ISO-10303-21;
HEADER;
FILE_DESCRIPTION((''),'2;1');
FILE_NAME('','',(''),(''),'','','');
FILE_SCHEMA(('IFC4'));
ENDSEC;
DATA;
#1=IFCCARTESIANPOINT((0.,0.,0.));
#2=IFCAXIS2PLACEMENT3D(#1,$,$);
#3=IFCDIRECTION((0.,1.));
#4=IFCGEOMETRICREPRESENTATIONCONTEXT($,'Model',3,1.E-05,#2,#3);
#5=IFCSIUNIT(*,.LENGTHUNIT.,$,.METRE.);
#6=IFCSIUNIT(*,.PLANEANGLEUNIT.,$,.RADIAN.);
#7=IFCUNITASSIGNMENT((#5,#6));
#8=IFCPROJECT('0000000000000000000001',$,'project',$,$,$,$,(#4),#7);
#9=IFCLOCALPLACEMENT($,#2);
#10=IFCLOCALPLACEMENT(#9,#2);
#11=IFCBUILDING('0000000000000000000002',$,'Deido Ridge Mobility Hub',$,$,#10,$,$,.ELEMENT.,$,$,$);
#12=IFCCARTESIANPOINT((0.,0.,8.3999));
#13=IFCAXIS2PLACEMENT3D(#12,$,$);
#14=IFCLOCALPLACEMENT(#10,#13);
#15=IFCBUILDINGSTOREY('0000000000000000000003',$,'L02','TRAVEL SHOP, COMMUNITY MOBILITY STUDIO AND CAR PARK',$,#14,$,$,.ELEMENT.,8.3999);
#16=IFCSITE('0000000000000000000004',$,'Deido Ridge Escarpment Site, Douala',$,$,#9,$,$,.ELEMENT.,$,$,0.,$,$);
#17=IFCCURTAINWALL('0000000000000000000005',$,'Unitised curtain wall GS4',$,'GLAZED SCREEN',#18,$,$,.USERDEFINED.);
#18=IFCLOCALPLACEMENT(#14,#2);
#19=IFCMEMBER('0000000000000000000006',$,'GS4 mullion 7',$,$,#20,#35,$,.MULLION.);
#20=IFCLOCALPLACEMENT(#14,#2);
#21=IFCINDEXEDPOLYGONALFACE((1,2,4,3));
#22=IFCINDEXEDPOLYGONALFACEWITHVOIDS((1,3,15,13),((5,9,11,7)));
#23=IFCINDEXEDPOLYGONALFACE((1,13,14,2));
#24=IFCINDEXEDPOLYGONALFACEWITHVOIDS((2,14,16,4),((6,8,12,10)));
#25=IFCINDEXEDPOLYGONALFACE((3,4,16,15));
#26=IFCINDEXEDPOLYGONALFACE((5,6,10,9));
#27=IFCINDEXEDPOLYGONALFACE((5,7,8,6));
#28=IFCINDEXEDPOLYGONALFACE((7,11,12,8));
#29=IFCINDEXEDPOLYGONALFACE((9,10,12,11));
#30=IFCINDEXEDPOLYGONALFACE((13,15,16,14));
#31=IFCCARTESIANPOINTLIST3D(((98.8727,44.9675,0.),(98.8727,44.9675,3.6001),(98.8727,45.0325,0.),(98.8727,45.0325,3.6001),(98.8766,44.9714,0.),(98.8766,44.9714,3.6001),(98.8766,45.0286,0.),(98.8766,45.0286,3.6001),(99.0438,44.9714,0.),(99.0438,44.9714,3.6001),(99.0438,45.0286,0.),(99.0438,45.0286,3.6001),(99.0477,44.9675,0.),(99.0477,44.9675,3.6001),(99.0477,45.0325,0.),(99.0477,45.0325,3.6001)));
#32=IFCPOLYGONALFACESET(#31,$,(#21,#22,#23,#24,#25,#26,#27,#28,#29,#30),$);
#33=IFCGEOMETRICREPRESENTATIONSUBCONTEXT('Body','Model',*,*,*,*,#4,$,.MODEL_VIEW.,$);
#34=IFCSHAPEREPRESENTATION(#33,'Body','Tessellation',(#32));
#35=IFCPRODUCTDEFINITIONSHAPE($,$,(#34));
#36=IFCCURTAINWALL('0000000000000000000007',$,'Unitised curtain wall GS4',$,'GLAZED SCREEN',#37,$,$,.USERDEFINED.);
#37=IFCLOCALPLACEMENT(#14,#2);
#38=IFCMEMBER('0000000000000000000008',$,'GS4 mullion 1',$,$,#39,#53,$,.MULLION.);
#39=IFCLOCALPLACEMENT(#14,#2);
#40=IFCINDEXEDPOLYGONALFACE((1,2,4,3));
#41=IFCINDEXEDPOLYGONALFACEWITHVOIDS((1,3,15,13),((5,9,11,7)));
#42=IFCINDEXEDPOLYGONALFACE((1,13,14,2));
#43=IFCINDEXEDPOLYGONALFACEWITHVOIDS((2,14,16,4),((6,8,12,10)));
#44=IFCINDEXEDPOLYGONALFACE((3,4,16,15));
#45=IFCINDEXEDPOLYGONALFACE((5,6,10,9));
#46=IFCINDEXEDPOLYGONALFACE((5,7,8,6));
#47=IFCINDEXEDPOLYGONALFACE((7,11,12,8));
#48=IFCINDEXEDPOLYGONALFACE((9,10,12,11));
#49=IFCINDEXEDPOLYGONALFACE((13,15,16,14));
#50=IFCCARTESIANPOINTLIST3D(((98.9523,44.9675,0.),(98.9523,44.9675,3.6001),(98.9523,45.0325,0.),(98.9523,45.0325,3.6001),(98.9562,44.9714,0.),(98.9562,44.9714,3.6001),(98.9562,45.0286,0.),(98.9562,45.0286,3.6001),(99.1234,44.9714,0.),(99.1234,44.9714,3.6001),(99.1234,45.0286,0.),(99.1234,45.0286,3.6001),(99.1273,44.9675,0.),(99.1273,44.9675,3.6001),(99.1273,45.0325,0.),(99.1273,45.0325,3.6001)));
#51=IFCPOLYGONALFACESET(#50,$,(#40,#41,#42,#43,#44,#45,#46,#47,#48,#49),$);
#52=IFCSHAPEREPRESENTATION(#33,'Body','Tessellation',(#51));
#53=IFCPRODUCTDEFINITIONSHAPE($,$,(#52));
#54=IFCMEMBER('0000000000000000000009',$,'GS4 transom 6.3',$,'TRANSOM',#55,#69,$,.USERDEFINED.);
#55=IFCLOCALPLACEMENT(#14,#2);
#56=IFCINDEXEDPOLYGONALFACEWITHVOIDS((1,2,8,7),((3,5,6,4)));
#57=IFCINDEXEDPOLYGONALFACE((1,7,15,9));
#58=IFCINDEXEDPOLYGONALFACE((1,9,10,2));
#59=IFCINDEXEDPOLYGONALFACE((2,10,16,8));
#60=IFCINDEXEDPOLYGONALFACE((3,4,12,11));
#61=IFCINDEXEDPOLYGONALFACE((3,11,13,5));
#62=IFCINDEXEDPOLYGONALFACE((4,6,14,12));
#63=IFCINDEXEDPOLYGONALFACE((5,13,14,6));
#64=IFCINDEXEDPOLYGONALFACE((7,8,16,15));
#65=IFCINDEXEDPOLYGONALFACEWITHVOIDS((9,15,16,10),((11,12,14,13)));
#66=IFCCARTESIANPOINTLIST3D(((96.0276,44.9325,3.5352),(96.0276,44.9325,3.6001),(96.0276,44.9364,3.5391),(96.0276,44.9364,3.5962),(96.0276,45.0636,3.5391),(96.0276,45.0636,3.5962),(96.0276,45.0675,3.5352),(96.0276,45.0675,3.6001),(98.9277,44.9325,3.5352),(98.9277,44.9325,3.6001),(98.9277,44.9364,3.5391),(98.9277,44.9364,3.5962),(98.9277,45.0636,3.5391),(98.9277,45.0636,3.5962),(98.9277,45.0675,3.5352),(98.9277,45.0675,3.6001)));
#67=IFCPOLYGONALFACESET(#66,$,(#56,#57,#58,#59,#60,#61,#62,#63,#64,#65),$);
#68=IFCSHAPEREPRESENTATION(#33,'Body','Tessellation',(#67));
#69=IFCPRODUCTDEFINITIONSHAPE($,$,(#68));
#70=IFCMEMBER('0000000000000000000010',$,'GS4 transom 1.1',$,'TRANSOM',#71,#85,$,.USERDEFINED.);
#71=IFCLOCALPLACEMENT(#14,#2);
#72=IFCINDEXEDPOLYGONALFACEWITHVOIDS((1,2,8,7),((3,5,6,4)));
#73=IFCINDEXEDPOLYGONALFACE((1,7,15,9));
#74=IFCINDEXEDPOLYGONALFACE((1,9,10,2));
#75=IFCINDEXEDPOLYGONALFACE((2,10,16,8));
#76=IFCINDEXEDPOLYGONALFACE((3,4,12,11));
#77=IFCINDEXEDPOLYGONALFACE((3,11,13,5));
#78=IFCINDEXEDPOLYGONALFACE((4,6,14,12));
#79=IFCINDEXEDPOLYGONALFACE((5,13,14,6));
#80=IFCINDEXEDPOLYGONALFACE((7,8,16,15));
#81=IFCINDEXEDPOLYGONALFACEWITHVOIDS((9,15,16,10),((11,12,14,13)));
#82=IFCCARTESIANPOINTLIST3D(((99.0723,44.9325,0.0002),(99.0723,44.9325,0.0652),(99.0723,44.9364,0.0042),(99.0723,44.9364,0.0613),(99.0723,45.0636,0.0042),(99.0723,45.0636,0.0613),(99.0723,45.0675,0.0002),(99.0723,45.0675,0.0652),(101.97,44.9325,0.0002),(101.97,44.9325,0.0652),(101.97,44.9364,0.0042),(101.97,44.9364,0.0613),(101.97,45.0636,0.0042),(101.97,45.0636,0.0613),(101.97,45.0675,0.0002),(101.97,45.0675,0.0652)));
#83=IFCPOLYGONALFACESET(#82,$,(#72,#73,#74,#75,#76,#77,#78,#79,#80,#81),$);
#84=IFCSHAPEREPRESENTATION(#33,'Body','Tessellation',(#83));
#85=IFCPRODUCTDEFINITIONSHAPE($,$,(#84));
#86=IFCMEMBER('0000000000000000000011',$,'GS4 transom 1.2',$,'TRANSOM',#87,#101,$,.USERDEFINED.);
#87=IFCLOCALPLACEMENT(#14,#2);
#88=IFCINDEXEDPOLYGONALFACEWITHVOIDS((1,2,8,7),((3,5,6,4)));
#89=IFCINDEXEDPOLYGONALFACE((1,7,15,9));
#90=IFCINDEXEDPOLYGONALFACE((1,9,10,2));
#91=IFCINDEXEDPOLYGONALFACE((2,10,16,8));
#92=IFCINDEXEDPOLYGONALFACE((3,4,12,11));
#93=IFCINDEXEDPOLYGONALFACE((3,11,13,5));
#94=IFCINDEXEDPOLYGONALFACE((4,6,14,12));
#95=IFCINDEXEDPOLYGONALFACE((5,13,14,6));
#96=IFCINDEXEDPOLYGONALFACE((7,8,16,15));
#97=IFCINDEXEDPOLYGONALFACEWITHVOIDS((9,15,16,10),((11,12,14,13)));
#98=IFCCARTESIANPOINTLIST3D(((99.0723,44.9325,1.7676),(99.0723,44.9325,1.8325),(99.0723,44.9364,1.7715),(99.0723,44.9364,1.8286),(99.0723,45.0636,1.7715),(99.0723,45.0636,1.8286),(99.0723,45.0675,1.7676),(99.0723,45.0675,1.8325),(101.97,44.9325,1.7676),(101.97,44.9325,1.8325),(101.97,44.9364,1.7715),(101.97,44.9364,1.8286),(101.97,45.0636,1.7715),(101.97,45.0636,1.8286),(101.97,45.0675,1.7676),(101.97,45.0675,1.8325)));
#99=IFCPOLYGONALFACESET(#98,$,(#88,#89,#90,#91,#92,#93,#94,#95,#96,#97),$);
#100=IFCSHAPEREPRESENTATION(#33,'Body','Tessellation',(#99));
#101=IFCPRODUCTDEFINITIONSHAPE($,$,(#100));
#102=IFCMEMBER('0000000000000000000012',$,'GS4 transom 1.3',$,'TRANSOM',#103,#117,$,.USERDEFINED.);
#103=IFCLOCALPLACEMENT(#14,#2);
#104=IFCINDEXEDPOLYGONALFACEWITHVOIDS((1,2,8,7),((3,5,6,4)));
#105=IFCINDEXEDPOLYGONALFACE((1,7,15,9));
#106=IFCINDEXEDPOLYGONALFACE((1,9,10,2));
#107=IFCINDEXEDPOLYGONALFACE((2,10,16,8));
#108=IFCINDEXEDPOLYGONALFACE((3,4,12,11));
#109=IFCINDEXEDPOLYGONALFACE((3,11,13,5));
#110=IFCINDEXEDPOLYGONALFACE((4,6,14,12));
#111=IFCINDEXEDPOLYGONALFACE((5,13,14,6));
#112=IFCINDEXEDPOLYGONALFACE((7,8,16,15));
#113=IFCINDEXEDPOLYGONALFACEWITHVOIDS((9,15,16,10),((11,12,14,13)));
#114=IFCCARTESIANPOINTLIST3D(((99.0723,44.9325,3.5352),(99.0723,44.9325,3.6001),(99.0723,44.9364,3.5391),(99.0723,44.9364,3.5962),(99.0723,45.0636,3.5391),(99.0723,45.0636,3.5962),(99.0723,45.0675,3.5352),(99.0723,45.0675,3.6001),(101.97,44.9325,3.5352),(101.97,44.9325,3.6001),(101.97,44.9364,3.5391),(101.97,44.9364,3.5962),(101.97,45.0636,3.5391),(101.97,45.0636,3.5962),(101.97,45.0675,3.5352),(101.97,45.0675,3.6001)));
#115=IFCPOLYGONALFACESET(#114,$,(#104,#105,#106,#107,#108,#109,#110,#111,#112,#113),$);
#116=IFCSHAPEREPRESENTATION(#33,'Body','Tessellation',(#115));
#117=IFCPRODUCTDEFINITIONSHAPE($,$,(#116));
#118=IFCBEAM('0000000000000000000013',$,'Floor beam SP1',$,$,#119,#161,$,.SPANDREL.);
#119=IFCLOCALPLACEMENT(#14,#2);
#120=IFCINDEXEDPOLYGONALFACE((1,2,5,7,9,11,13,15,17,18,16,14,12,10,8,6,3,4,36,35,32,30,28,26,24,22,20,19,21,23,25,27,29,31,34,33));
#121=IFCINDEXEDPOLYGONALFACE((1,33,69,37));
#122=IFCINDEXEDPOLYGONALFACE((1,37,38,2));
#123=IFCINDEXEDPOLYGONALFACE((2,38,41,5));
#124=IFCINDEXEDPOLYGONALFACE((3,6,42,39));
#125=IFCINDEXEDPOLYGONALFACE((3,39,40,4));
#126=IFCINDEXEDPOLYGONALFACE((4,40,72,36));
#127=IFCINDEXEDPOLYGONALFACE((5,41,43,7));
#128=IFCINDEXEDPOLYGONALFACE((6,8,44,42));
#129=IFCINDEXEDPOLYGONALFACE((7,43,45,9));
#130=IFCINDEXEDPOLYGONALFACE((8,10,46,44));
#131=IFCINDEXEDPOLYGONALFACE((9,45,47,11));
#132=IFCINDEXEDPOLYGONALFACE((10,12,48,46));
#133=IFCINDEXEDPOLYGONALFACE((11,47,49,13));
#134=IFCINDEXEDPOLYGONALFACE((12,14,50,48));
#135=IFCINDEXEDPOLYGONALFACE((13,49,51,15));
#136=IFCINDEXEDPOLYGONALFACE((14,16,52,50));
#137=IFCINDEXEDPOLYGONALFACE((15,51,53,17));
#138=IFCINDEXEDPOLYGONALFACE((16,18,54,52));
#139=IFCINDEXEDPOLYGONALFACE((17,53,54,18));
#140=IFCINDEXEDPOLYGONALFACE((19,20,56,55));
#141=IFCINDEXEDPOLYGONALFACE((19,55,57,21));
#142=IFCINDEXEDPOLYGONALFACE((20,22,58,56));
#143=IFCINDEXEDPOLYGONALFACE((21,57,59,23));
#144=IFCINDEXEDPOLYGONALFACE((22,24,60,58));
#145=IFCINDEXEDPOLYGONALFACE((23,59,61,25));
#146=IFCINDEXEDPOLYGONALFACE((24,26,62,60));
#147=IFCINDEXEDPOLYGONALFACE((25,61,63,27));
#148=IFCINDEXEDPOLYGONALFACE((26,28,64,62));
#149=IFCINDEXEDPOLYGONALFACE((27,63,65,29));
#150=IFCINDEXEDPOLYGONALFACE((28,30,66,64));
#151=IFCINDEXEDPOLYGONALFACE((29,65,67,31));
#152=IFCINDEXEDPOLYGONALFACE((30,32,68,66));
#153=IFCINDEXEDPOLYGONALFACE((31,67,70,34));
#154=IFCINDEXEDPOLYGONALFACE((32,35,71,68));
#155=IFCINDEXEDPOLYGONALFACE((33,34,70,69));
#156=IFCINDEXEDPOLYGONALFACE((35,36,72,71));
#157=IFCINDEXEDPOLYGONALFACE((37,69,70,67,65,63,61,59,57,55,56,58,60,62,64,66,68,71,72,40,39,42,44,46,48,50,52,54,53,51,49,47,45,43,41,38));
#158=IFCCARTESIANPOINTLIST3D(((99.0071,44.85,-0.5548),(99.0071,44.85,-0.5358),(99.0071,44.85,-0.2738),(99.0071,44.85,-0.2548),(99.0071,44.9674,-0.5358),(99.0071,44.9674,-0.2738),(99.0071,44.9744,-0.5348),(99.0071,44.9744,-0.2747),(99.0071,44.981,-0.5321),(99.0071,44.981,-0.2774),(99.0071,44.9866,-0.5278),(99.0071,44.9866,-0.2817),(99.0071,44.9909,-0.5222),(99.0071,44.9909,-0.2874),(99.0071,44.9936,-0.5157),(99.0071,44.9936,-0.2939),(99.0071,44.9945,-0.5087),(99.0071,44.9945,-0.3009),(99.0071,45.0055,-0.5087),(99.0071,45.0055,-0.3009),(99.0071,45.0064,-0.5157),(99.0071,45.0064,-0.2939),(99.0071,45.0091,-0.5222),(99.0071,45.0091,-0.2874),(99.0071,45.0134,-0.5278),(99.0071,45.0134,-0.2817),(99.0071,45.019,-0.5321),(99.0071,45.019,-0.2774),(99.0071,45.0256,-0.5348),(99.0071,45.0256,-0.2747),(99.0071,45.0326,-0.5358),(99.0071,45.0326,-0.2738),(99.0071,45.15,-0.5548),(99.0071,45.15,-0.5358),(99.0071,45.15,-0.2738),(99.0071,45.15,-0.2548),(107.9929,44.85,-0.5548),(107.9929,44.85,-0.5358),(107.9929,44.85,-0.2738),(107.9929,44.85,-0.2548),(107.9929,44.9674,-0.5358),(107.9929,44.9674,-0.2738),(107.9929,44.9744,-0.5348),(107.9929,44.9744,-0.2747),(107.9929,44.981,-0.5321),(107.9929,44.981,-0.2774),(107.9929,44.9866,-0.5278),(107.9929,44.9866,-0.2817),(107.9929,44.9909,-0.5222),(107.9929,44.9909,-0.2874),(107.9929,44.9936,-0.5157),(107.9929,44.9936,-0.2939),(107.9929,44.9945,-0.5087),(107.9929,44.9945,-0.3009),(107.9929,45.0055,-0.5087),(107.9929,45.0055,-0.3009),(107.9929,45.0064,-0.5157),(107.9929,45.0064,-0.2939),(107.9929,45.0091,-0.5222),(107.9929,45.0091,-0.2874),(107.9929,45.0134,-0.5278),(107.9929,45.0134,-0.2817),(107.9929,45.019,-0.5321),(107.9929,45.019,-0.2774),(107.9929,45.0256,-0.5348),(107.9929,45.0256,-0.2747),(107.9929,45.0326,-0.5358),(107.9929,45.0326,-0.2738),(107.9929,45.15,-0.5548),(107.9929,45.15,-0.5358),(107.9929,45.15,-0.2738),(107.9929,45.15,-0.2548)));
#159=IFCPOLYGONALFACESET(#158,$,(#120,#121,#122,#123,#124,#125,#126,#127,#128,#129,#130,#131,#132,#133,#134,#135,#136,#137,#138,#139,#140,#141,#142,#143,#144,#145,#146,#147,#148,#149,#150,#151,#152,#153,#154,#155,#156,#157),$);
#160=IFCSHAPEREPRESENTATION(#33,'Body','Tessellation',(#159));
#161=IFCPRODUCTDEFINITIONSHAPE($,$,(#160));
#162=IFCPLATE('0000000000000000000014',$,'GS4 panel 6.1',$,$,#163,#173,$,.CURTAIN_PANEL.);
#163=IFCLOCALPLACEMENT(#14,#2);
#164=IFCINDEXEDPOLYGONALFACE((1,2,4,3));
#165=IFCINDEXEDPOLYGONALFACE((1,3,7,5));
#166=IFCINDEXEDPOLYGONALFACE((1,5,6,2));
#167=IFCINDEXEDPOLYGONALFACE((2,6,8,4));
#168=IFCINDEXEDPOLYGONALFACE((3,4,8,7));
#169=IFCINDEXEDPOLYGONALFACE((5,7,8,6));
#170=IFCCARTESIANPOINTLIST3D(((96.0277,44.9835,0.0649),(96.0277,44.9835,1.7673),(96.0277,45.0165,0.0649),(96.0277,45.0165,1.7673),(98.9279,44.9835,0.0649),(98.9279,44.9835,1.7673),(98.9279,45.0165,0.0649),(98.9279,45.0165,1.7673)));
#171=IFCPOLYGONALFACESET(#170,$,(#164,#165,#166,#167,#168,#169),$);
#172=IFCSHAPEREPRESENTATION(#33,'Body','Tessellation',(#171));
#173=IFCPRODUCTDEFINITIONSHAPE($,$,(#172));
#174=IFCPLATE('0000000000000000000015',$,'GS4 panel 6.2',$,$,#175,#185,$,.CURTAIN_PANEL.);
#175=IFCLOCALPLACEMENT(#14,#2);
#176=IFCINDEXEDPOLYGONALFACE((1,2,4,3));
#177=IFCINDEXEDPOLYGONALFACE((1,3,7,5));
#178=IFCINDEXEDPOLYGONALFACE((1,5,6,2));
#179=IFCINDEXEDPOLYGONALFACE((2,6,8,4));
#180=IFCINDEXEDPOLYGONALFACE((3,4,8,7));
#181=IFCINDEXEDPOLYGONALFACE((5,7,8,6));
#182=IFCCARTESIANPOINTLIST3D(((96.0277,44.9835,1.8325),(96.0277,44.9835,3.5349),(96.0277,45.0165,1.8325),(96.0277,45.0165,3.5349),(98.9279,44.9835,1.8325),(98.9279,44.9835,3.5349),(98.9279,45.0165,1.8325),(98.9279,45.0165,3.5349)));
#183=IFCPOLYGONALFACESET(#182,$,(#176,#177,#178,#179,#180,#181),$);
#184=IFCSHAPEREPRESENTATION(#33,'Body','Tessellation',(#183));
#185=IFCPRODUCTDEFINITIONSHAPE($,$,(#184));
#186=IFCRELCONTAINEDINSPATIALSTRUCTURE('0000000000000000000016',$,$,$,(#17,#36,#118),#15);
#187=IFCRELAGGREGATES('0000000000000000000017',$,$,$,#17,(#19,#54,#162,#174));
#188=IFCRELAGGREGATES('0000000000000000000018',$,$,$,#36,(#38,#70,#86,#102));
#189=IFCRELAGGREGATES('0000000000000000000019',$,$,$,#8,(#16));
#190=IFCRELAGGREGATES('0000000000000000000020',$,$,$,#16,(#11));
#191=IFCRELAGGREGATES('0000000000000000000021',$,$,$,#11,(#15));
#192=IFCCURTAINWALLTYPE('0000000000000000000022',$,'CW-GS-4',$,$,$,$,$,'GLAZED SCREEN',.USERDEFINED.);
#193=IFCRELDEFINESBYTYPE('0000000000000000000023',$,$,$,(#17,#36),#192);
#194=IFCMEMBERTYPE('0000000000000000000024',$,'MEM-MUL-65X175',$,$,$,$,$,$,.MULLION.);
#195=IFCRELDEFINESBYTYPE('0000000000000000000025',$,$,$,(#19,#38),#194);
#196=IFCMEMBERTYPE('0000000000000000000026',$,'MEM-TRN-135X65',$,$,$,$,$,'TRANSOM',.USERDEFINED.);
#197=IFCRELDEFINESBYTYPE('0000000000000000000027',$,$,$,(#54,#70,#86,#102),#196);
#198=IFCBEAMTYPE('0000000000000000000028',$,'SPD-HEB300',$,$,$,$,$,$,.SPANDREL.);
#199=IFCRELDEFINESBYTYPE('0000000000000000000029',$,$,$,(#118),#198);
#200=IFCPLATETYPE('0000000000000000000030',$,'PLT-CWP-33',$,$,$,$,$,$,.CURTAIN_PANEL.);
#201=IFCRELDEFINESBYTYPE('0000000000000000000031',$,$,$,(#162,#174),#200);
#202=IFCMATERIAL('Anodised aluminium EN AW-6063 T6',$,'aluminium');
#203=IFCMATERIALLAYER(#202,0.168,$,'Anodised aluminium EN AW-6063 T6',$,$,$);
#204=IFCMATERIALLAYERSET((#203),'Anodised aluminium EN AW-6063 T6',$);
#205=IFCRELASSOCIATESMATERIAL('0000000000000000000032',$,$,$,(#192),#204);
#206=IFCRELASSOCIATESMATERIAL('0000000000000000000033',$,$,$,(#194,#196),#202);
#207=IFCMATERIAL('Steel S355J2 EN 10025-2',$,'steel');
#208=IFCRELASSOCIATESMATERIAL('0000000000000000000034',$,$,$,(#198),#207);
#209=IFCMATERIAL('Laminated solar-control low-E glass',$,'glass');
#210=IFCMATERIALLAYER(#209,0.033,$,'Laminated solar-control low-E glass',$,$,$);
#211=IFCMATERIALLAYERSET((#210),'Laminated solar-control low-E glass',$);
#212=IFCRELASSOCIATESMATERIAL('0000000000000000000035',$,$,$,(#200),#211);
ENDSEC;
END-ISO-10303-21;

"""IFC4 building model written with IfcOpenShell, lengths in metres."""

from ifc_helpers import new_model, si_unit, direction, frame, origin, origin_2d, place, context, subcontext, project, spatial, rectangle, hollow_rectangle, i_section, extrude, material, layer, layer_set, material_profile, profile_set, type_object, element, aggregate, save


model = new_model("IFC4")

# Units and contexts
model_context = context("Model", 3, precision=1e-05, world=origin(), true_north=direction((0.0, 1.0)))
body_context = subcontext(model_context, "Body", "Model", "MODEL_VIEW")
ifc_project = project(units=[si_unit("LENGTHUNIT", "METRE"), si_unit("PLANEANGLEUNIT", "RADIAN")], contexts=[model_context])

# Site, building, storey
site_placement = place(None, origin())
site = spatial("IfcSite", under=ifc_project, at=site_placement, Name="Deido Ridge Escarpment Site, Douala", CompositionType="ELEMENT", RefElevation=0.0)
building_placement = place(site_placement, origin())
building = spatial("IfcBuilding", under=site, at=building_placement, Name="Deido Ridge Mobility Hub", CompositionType="ELEMENT")
storey_placement = place(building_placement, frame((0.0, 0.0, 8.3999)))
storey = spatial("IfcBuildingStorey", under=building, at=storey_placement, Name="L02", Description="TRAVEL SHOP, COMMUNITY MOBILITY STUDIO AND CAR PARK", CompositionType="ELEMENT", Elevation=8.3999)

# Shared definitions
ifc_material_1 = material(Name="Steel S355J2 EN 10025-2", Category="steel")

# Curtain walls, members
ifc_material_2 = material(Name="Anodised aluminium EN AW-6063 T6", Category="aluminium")
ifc_layer_1 = layer(ifc_material_2, 0.168, Name="Anodised aluminium EN AW-6063 T6")
ifc_layer_set_1 = layer_set([ifc_layer_1], Name="Anodised aluminium EN AW-6063 T6")
curtain_wall_type = type_object("IfcCurtainWallType", Name="CW-GS-4", ElementType="GLAZED SCREEN", PredefinedType="USERDEFINED", material=ifc_layer_set_1)
curtain_wall_1_placement = place(storey_placement, origin())
curtain_wall_1 = element("IfcCurtainWall", 1, at=curtain_wall_1_placement, inside=storey, type_object=curtain_wall_type, Name="Unitised curtain wall GS4", ObjectType="GLAZED SCREEN", PredefinedType="USERDEFINED")
ifc_material_profile_1 = material_profile(ifc_material_2, hollow_rectangle(XDim=0.0649, YDim=0.175, WallThickness=0.0039, at=origin_2d()), Name="RHS 65x175x4")
ifc_profile_set_1 = profile_set([ifc_material_profile_1], Name="Anodised aluminium EN AW-6063 T6")
member_type_1 = type_object("IfcMemberType", Name="MEM-MUL-65X175", PredefinedType="MULLION", material=ifc_profile_set_1)
member_1_placement = place(storey_placement, frame((98.9602, 45.0, 0.0), z_axis=(0.0, 0.0, 1.0), x_axis=(0.0, 1.0, 0.0)))
member_1 = element("IfcMember", 2, at=member_1_placement, type_object=member_type_1, Name="GS4 mullion 7", PredefinedType="MULLION", context=body_context, shape_type="SweptSolid", body=[
    extrude(hollow_rectangle(XDim=0.0649, YDim=0.175, WallThickness=0.0039, at=origin_2d()), origin(), (0.0, 0.0, 1.0), 3.6001),
])
curtain_wall_2_placement = place(storey_placement, origin())
curtain_wall_2 = element("IfcCurtainWall", 3, at=curtain_wall_2_placement, inside=storey, type_object=curtain_wall_type, Name="Unitised curtain wall GS4", ObjectType="GLAZED SCREEN", PredefinedType="USERDEFINED")
member_2_placement = place(storey_placement, frame((99.0398, 45.0, 0.0), z_axis=(0.0, 0.0, 1.0), x_axis=(0.0, 1.0, 0.0)))
member_2 = element("IfcMember", 4, at=member_2_placement, type_object=member_type_1, Name="GS4 mullion 1", PredefinedType="MULLION", context=body_context, shape_type="SweptSolid", body=[
    extrude(hollow_rectangle(XDim=0.0649, YDim=0.175, WallThickness=0.0039, at=origin_2d()), origin(), (0.0, 0.0, 1.0), 3.6001),
])

# Members
ifc_material_profile_2 = material_profile(ifc_material_2, hollow_rectangle(XDim=0.135, YDim=0.0649, WallThickness=0.0039, at=origin_2d()), Name="RHS 135x65x4")
ifc_profile_set_2 = profile_set([ifc_material_profile_2], Name="Anodised aluminium EN AW-6063 T6")
member_type_2 = type_object("IfcMemberType", Name="MEM-TRN-135X65", ElementType="TRANSOM", PredefinedType="USERDEFINED", material=ifc_profile_set_2)
member_3_placement = place(storey_placement, frame((96.0276, 45.0, 3.5676), z_axis=(1.0, 0.0, 0.0), x_axis=(0.0, 1.0, 0.0)))
member_3 = element("IfcMember", 5, at=member_3_placement, type_object=member_type_2, Name="GS4 transom 6.3", ObjectType="TRANSOM", PredefinedType="USERDEFINED", context=body_context, shape_type="SweptSolid", body=[
    extrude(hollow_rectangle(XDim=0.135, YDim=0.0649, WallThickness=0.0039, at=origin_2d()), origin(), (0.0, 0.0, 1.0), 2.9001),
])
member_4_placement = place(storey_placement, frame((99.0723, 45.0, 0.0327), z_axis=(1.0, 0.0, 0.0), x_axis=(0.0, 1.0, 0.0)))
member_4 = element("IfcMember", 6, at=member_4_placement, type_object=member_type_2, Name="GS4 transom 1.1", ObjectType="TRANSOM", PredefinedType="USERDEFINED", context=body_context, shape_type="SweptSolid", body=[
    extrude(hollow_rectangle(XDim=0.135, YDim=0.0649, WallThickness=0.0039, at=origin_2d()), origin(), (0.0, 0.0, 1.0), 2.8977),
])
member_5_placement = place(storey_placement, frame((99.0723, 45.0, 1.8), z_axis=(1.0, 0.0, 0.0), x_axis=(0.0, 1.0, 0.0)))
member_5 = element("IfcMember", 7, at=member_5_placement, type_object=member_type_2, Name="GS4 transom 1.2", ObjectType="TRANSOM", PredefinedType="USERDEFINED", context=body_context, shape_type="SweptSolid", body=[
    extrude(hollow_rectangle(XDim=0.135, YDim=0.0649, WallThickness=0.0039, at=origin_2d()), origin(), (0.0, 0.0, 1.0), 2.8977),
])
member_6_placement = place(storey_placement, frame((99.0723, 45.0, 3.5676), z_axis=(1.0, 0.0, 0.0), x_axis=(0.0, 1.0, 0.0)))
member_6 = element("IfcMember", 8, at=member_6_placement, type_object=member_type_2, Name="GS4 transom 1.3", ObjectType="TRANSOM", PredefinedType="USERDEFINED", context=body_context, shape_type="SweptSolid", body=[
    extrude(hollow_rectangle(XDim=0.135, YDim=0.0649, WallThickness=0.0039, at=origin_2d()), origin(), (0.0, 0.0, 1.0), 2.8977),
])

# Beam
ifc_material_profile_3 = material_profile(ifc_material_1, i_section(OverallWidth=0.3, OverallDepth=0.3, WebThickness=0.011, FlangeThickness=0.019, FilletRadius=0.0271, at=origin_2d()), Name="HEB 300")
ifc_profile_set_3 = profile_set([ifc_material_profile_3], Name="Steel S355J2 EN 10025-2")
beam_type_1 = type_object("IfcBeamType", Name="SPD-HEB300", PredefinedType="SPANDREL", material=ifc_profile_set_3)
beam_1_placement = place(storey_placement, frame((99.0071, 45.0, -0.4048), z_axis=(1.0, 0.0, 0.0), x_axis=(0.0, 1.0, 0.0)))
element("IfcBeam", 9, at=beam_1_placement, inside=storey, type_object=beam_type_1, Name="Floor beam SP1", PredefinedType="SPANDREL", context=body_context, shape_type="SweptSolid", body=[
    extrude(i_section(OverallWidth=0.3, OverallDepth=0.3, WebThickness=0.011, FlangeThickness=0.019, FilletRadius=0.0271, at=origin_2d()), origin(), (0.0, 0.0, 1.0), 8.9858),
])

# Plates
ifc_material_3 = material(Name="Laminated solar-control low-E glass", Category="glass")
ifc_layer_2 = layer(ifc_material_3, 0.033, Name="Laminated solar-control low-E glass")
ifc_layer_set_2 = layer_set([ifc_layer_2], Name="Laminated solar-control low-E glass")
plate_type = type_object("IfcPlateType", Name="PLT-CWP-33", PredefinedType="CURTAIN_PANEL", material=ifc_layer_set_2)
plate_1_placement = place(storey_placement, frame((97.4778, 45.0, 0.0649), z_axis=(0.0, 0.0, 1.0), x_axis=(1.0, 0.0, 0.0)))
plate_1 = element("IfcPlate", 10, at=plate_1_placement, type_object=plate_type, Name="GS4 panel 6.1", PredefinedType="CURTAIN_PANEL", context=body_context, shape_type="SweptSolid", body=[
    extrude(rectangle(XDim=2.9001, YDim=0.033, at=origin_2d()), origin(), (0.0, 0.0, 1.0), 1.7024),
])
plate_2_placement = place(storey_placement, frame((97.4778, 45.0, 1.8325), z_axis=(0.0, 0.0, 1.0), x_axis=(1.0, 0.0, 0.0)))
plate_2 = element("IfcPlate", 11, at=plate_2_placement, type_object=plate_type, Name="GS4 panel 6.2", PredefinedType="CURTAIN_PANEL", context=body_context, shape_type="SweptSolid", body=[
    extrude(rectangle(XDim=2.9001, YDim=0.033, at=origin_2d()), origin(), (0.0, 0.0, 1.0), 1.7024),
])
aggregate(curtain_wall_1, [member_1, member_3, plate_1, plate_2])
aggregate(curtain_wall_2, [member_2, member_4, member_5, member_6])

save(model, "model.ifc")
